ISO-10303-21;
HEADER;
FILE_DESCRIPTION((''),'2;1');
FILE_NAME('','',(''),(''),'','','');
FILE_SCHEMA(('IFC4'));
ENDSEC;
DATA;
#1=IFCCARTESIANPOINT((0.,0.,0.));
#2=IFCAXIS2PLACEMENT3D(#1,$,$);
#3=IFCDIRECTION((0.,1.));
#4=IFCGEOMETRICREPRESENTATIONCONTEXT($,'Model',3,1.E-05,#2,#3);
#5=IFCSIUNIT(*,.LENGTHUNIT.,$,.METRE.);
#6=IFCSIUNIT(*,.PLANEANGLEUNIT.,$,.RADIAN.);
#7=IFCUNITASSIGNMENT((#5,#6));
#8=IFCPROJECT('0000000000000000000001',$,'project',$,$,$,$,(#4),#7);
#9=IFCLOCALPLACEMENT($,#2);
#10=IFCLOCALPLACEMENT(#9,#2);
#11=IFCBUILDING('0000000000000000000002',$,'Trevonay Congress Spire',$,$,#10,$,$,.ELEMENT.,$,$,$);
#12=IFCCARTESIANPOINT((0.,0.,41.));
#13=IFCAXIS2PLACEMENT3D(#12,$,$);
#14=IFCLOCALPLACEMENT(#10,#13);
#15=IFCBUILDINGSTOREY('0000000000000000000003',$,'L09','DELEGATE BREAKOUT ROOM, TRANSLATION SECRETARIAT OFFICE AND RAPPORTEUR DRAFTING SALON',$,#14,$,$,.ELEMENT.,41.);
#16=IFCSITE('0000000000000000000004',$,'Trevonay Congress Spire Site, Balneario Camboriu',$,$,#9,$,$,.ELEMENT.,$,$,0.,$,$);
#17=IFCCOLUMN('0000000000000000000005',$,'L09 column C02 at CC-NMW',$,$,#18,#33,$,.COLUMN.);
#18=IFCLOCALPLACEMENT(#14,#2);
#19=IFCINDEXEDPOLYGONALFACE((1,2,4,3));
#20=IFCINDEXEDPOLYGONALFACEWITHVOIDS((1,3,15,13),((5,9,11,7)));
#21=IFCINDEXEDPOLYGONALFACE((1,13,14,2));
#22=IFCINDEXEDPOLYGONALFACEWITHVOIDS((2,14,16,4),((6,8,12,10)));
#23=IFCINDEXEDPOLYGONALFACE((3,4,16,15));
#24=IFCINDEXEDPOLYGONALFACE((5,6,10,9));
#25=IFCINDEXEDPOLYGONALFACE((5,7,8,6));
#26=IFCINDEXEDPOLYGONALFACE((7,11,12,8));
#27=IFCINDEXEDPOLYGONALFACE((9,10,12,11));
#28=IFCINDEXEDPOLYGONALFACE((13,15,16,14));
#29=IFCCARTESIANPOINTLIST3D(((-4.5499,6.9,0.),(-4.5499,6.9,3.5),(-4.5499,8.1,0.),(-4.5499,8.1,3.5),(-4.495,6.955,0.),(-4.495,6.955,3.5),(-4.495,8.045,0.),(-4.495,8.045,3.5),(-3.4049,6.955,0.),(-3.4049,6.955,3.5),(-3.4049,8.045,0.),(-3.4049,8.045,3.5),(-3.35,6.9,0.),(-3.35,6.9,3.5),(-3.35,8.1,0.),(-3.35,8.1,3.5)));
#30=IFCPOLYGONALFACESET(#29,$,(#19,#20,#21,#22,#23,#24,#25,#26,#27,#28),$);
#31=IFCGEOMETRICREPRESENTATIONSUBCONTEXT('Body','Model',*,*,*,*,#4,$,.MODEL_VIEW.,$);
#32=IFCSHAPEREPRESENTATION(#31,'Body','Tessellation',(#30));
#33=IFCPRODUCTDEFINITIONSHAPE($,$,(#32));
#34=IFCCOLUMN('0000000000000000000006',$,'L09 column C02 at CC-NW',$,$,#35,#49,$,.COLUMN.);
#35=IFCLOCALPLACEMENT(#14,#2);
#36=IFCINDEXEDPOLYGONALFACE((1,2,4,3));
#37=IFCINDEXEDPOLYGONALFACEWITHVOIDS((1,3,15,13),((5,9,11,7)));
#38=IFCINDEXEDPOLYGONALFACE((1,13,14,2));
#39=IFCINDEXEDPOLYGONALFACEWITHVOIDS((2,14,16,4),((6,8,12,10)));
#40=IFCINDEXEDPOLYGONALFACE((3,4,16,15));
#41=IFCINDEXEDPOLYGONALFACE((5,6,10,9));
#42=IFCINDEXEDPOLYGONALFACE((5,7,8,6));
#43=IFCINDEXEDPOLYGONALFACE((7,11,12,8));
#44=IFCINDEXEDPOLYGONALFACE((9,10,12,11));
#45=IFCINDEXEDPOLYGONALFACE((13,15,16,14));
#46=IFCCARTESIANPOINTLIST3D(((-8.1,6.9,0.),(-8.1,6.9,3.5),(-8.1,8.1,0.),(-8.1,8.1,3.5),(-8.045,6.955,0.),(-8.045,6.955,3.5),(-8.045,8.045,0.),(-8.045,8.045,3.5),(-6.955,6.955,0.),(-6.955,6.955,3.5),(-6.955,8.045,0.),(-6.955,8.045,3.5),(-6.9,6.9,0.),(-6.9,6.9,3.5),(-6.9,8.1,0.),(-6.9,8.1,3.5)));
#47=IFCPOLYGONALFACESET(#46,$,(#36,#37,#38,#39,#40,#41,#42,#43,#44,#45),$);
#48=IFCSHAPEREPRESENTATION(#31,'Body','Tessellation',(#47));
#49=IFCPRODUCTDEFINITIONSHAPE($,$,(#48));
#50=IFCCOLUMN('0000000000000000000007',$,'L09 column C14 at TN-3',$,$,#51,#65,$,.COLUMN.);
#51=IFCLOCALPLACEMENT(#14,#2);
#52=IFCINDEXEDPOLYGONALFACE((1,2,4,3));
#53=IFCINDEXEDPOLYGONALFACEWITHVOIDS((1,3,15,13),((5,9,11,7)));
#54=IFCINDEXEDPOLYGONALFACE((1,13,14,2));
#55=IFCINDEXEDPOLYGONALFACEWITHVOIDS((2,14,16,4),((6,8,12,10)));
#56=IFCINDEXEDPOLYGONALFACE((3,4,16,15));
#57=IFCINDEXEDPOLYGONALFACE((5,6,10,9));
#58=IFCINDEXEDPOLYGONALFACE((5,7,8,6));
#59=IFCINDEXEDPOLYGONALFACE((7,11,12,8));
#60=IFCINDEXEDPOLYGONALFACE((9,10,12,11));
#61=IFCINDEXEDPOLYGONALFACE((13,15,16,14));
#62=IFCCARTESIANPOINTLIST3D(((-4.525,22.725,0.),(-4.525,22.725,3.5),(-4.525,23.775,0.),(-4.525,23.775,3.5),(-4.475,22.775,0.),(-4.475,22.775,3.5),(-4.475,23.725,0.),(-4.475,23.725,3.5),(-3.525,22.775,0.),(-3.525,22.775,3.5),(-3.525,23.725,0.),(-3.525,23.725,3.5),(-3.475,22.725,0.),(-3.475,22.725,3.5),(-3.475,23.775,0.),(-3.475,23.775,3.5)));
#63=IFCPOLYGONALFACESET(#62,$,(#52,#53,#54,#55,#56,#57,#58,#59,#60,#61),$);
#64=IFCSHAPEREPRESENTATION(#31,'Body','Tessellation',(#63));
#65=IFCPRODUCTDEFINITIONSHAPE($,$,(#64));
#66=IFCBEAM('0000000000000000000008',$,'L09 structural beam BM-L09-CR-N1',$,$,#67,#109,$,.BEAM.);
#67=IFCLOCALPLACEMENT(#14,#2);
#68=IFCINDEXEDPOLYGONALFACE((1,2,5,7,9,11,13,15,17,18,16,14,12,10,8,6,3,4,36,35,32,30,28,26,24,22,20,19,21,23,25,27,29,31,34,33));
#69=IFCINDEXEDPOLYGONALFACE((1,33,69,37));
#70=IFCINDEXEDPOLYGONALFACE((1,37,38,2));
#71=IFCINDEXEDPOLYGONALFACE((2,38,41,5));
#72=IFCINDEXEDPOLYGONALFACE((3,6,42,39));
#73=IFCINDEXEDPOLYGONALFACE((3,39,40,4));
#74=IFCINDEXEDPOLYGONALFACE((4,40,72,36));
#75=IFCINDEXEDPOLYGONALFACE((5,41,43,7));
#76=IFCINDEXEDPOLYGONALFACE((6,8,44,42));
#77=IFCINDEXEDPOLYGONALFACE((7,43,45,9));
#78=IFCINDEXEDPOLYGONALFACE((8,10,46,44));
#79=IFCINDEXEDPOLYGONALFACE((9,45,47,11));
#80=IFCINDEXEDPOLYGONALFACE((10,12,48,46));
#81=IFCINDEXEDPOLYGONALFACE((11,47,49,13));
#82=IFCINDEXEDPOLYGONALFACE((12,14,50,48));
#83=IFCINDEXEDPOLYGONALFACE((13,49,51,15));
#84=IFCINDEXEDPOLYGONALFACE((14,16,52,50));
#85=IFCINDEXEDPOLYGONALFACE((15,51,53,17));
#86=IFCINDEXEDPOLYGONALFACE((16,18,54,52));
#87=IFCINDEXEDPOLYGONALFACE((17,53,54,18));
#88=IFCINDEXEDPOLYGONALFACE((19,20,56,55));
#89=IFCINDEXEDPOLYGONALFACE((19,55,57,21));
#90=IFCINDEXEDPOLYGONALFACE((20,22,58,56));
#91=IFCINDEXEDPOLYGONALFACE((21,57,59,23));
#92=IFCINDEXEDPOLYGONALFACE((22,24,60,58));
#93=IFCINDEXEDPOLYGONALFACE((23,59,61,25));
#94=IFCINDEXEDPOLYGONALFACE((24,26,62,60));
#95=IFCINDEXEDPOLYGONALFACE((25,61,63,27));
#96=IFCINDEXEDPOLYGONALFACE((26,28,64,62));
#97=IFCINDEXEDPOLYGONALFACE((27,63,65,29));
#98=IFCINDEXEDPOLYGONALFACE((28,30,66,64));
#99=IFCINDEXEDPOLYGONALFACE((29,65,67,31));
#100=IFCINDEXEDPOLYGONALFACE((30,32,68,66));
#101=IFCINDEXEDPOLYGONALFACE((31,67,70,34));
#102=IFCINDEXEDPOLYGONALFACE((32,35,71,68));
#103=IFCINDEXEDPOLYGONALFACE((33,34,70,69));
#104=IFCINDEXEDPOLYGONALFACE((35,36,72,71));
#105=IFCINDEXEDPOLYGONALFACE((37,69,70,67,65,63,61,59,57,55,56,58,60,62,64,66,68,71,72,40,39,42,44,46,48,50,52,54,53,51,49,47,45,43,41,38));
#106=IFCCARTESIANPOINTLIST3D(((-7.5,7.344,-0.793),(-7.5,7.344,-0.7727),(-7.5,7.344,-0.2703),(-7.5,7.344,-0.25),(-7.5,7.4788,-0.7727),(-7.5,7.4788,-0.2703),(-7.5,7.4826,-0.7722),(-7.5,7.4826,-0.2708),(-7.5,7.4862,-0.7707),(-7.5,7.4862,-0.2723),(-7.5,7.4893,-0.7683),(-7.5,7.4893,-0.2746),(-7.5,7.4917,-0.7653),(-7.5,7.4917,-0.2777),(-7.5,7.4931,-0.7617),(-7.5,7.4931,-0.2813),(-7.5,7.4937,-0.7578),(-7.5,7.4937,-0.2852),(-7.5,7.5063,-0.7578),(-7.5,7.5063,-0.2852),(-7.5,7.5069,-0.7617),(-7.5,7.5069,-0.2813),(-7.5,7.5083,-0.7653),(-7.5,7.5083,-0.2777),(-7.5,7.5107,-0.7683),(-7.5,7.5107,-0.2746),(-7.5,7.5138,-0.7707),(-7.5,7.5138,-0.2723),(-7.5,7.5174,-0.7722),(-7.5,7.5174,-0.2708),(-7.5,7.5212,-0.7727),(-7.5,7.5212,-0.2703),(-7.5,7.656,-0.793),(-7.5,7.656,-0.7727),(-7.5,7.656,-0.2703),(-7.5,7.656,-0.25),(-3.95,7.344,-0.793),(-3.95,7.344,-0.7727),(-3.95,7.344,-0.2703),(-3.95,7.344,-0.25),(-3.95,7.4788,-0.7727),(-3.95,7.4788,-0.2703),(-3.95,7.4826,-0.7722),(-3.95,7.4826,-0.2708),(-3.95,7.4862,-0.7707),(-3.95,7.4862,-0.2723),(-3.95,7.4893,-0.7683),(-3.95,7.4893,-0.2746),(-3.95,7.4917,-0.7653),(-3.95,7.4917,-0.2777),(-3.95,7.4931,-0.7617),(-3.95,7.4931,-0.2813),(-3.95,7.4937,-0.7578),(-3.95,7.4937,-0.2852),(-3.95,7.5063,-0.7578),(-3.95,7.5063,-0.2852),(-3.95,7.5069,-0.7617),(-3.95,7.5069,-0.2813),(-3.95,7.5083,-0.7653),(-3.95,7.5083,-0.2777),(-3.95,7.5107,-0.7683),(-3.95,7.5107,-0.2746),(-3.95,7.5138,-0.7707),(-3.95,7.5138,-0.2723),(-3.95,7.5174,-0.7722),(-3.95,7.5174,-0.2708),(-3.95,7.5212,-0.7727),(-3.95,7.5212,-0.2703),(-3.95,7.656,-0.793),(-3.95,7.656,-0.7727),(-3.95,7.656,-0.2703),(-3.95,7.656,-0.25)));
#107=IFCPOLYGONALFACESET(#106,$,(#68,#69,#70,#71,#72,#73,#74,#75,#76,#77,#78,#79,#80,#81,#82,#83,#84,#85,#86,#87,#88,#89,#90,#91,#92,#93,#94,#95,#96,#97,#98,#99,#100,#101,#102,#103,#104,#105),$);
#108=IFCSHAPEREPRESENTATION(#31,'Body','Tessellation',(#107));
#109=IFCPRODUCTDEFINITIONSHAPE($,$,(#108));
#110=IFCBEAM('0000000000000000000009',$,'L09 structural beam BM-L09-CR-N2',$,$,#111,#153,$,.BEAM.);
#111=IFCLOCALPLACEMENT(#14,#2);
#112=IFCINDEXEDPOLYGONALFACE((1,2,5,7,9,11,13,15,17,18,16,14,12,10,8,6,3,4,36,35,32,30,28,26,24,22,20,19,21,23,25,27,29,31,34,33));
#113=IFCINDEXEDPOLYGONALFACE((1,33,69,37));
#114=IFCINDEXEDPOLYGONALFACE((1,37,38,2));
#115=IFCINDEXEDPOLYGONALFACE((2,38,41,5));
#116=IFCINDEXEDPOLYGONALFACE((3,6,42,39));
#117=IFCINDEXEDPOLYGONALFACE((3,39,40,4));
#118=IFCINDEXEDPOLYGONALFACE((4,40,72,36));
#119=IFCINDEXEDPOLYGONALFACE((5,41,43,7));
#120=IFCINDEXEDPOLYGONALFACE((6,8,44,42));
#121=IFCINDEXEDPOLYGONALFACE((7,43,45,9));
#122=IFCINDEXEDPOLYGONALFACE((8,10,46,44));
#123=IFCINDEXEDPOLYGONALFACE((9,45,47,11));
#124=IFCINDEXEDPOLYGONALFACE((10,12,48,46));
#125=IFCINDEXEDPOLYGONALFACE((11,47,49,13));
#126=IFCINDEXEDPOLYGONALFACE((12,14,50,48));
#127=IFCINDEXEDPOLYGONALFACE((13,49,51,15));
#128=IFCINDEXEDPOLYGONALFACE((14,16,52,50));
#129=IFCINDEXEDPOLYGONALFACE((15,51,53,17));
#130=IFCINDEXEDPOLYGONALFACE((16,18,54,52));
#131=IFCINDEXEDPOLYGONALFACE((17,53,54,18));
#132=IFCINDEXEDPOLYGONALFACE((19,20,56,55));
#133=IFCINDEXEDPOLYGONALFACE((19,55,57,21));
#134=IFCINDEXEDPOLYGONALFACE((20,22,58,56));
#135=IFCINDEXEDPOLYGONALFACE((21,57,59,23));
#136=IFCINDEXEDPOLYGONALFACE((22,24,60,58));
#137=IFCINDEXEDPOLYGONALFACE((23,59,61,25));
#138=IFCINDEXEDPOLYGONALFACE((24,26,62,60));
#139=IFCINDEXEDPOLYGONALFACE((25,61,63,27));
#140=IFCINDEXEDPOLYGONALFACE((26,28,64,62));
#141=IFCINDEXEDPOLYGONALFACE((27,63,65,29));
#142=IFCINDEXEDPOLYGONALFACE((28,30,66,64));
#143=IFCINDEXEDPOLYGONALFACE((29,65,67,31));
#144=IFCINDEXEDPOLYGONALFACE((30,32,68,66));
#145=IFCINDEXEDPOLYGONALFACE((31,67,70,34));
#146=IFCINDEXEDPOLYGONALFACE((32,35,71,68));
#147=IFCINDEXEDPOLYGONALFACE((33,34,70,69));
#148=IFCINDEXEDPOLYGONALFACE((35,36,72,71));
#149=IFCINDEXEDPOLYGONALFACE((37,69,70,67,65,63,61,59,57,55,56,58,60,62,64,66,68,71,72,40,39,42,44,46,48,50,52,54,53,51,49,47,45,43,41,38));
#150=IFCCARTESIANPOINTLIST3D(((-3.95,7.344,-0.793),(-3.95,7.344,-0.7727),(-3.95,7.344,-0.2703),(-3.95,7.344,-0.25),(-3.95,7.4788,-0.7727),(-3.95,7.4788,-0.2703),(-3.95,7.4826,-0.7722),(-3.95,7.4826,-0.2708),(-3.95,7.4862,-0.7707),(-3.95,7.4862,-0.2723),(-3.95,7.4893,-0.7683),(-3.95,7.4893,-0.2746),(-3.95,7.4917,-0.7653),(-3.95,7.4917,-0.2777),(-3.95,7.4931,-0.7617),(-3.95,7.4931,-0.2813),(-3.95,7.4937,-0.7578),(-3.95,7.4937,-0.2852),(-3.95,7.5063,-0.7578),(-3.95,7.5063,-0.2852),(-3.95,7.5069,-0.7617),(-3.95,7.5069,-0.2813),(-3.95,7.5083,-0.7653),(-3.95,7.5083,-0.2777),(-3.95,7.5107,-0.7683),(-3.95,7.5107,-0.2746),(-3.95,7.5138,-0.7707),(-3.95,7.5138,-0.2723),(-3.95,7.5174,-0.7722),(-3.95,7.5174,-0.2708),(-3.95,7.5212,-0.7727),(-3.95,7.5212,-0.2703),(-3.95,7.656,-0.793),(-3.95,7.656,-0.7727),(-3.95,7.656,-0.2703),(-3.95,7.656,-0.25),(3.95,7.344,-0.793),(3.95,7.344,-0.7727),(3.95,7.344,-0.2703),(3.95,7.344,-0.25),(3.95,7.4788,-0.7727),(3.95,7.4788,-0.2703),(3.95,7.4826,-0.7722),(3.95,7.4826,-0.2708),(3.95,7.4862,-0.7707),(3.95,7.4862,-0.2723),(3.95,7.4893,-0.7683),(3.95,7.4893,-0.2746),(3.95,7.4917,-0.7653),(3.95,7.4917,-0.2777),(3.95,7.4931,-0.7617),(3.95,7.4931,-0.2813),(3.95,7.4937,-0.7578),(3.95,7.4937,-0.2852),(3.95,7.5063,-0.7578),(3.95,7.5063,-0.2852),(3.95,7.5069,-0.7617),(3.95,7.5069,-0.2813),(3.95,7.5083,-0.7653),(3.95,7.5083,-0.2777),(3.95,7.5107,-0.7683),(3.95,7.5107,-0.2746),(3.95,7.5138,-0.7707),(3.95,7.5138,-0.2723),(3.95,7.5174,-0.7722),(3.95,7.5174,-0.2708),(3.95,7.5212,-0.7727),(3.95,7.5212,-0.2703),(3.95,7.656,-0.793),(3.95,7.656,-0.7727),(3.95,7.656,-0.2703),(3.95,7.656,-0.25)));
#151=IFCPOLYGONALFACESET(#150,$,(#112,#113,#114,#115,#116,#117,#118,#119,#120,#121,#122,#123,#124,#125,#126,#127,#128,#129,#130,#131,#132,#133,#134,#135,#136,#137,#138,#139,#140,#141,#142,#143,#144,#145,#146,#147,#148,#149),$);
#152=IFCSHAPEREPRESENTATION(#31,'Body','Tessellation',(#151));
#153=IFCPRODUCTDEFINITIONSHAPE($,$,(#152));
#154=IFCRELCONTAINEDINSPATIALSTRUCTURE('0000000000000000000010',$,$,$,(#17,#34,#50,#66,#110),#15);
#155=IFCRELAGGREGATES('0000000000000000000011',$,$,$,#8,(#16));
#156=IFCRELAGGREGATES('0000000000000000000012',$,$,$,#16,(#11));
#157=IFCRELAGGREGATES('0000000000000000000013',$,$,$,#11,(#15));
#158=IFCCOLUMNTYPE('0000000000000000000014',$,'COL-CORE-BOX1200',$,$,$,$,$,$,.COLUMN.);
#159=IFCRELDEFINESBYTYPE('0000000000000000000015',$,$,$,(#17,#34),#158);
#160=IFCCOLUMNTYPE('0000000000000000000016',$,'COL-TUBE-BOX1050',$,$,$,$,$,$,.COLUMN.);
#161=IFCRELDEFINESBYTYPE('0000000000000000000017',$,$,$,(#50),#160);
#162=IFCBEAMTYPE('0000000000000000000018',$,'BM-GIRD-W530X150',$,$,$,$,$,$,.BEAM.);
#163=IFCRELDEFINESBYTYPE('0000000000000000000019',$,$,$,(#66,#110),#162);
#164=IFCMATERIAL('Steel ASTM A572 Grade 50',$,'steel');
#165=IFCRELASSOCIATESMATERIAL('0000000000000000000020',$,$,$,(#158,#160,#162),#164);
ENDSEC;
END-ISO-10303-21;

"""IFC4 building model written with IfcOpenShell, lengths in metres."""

from ifc_helpers import new_model, si_unit, direction, frame, origin, origin_2d, place, context, subcontext, project, spatial, hollow_rectangle, i_section, extrude, material, material_profile, profile_set, type_object, element, save


model = new_model("IFC4")

# Units and contexts
model_context = context("Model", 3, precision=1e-05, world=origin(), true_north=direction((0.0, 1.0)))
body_context = subcontext(model_context, "Body", "Model", "MODEL_VIEW")
ifc_project = project(units=[si_unit("LENGTHUNIT", "METRE"), si_unit("PLANEANGLEUNIT", "RADIAN")], contexts=[model_context])

# Site, building, storey
site_placement = place(None, origin())
site = spatial("IfcSite", under=ifc_project, at=site_placement, Name="Trevonay Congress Spire Site, Balneario Camboriu", CompositionType="ELEMENT", RefElevation=0.0)
building_placement = place(site_placement, origin())
building = spatial("IfcBuilding", under=site, at=building_placement, Name="Trevonay Congress Spire", CompositionType="ELEMENT")
storey_placement = place(building_placement, frame((0.0, 0.0, 41.0)))
storey = spatial("IfcBuildingStorey", under=building, at=storey_placement, Name="L09", Description="DELEGATE BREAKOUT ROOM, TRANSLATION SECRETARIAT OFFICE AND RAPPORTEUR DRAFTING SALON", CompositionType="ELEMENT", Elevation=41.0)

# Columns
ifc_material_1 = material(Name="Steel ASTM A572 Grade 50", Category="steel")
ifc_material_profile_1 = material_profile(ifc_material_1, hollow_rectangle(XDim=1.2, YDim=1.2, WallThickness=0.0549, at=origin_2d()), Name="BOX 1200x1200x55")
ifc_profile_set_1 = profile_set([ifc_material_profile_1], Name="Steel ASTM A572 Grade 50")
column_type_1 = type_object("IfcColumnType", Name="COL-CORE-BOX1200", PredefinedType="COLUMN", material=ifc_profile_set_1)
for number, where, z_axis, x_axis, name in (
    (1, (-3.95, 7.5, 0.0), (0.0, 0.0, 1.0), (1.0, 0.0, 0.0), "L09 column C02 at CC-NMW"),
    (2, (-7.5, 7.5, 0.0), (0.0, 0.0, 1.0), (1.0, 0.0, 0.0), "L09 column C02 at CC-NW"),
):
    element("IfcColumn", number, at=place(storey_placement, frame(where, z_axis=z_axis, x_axis=x_axis)), inside=storey, type_object=column_type_1, Name=name, PredefinedType="COLUMN", context=body_context, shape_type="SweptSolid", body=[
        extrude(hollow_rectangle(XDim=1.2, YDim=1.2, WallThickness=0.0549, at=origin_2d()), origin(), (0.0, 0.0, 1.0), 3.5),
    ])
ifc_material_profile_2 = material_profile(ifc_material_1, hollow_rectangle(XDim=1.05, YDim=1.05, WallThickness=0.05, at=origin_2d()), Name="BOX 1050x1050x50")
ifc_profile_set_2 = profile_set([ifc_material_profile_2], Name="Steel ASTM A572 Grade 50")
column_type_2 = type_object("IfcColumnType", Name="COL-TUBE-BOX1050", PredefinedType="COLUMN", material=ifc_profile_set_2)
column_placement = place(storey_placement, frame((-4.0, 23.25, 0.0), z_axis=(0.0, 0.0, 1.0), x_axis=(1.0, 0.0, 0.0)))
element("IfcColumn", 3, at=column_placement, inside=storey, type_object=column_type_2, Name="L09 column C14 at TN-3", PredefinedType="COLUMN", context=body_context, shape_type="SweptSolid", body=[
    extrude(hollow_rectangle(XDim=1.05, YDim=1.05, WallThickness=0.05, at=origin_2d()), origin(), (0.0, 0.0, 1.0), 3.5),
])

# Beams
ifc_material_profile_3 = material_profile(ifc_material_1, i_section(OverallWidth=0.312, OverallDepth=0.543, WebThickness=0.0127, FlangeThickness=0.0203, FilletRadius=0.0149, at=origin_2d()), Name="W530x150")
ifc_profile_set_3 = profile_set([ifc_material_profile_3], Name="Steel ASTM A572 Grade 50")
beam_type_1 = type_object("IfcBeamType", Name="BM-GIRD-W530X150", PredefinedType="BEAM", material=ifc_profile_set_3)
beam_1_placement = place(storey_placement, frame((-7.5, 7.5, -0.5215), z_axis=(1.0, 0.0, 0.0), x_axis=(0.0, 1.0, 0.0)))
element("IfcBeam", 4, at=beam_1_placement, inside=storey, type_object=beam_type_1, Name="L09 structural beam BM-L09-CR-N1", PredefinedType="BEAM", context=body_context, shape_type="SweptSolid", body=[
    extrude(i_section(OverallWidth=0.312, OverallDepth=0.543, WebThickness=0.0127, FlangeThickness=0.0203, FilletRadius=0.0149, at=origin_2d()), origin(), (0.0, 0.0, 1.0), 3.55),
])
beam_2_placement = place(storey_placement, frame((-3.95, 7.5, -0.5215), z_axis=(1.0, 0.0, 0.0), x_axis=(0.0, 1.0, 0.0)))
element("IfcBeam", 5, at=beam_2_placement, inside=storey, type_object=beam_type_1, Name="L09 structural beam BM-L09-CR-N2", PredefinedType="BEAM", context=body_context, shape_type="SweptSolid", body=[
    extrude(i_section(OverallWidth=0.312, OverallDepth=0.543, WebThickness=0.0127, FlangeThickness=0.0203, FilletRadius=0.0149, at=origin_2d()), origin(), (0.0, 0.0, 1.0), 7.8999),
])

save(model, "model.ifc")
